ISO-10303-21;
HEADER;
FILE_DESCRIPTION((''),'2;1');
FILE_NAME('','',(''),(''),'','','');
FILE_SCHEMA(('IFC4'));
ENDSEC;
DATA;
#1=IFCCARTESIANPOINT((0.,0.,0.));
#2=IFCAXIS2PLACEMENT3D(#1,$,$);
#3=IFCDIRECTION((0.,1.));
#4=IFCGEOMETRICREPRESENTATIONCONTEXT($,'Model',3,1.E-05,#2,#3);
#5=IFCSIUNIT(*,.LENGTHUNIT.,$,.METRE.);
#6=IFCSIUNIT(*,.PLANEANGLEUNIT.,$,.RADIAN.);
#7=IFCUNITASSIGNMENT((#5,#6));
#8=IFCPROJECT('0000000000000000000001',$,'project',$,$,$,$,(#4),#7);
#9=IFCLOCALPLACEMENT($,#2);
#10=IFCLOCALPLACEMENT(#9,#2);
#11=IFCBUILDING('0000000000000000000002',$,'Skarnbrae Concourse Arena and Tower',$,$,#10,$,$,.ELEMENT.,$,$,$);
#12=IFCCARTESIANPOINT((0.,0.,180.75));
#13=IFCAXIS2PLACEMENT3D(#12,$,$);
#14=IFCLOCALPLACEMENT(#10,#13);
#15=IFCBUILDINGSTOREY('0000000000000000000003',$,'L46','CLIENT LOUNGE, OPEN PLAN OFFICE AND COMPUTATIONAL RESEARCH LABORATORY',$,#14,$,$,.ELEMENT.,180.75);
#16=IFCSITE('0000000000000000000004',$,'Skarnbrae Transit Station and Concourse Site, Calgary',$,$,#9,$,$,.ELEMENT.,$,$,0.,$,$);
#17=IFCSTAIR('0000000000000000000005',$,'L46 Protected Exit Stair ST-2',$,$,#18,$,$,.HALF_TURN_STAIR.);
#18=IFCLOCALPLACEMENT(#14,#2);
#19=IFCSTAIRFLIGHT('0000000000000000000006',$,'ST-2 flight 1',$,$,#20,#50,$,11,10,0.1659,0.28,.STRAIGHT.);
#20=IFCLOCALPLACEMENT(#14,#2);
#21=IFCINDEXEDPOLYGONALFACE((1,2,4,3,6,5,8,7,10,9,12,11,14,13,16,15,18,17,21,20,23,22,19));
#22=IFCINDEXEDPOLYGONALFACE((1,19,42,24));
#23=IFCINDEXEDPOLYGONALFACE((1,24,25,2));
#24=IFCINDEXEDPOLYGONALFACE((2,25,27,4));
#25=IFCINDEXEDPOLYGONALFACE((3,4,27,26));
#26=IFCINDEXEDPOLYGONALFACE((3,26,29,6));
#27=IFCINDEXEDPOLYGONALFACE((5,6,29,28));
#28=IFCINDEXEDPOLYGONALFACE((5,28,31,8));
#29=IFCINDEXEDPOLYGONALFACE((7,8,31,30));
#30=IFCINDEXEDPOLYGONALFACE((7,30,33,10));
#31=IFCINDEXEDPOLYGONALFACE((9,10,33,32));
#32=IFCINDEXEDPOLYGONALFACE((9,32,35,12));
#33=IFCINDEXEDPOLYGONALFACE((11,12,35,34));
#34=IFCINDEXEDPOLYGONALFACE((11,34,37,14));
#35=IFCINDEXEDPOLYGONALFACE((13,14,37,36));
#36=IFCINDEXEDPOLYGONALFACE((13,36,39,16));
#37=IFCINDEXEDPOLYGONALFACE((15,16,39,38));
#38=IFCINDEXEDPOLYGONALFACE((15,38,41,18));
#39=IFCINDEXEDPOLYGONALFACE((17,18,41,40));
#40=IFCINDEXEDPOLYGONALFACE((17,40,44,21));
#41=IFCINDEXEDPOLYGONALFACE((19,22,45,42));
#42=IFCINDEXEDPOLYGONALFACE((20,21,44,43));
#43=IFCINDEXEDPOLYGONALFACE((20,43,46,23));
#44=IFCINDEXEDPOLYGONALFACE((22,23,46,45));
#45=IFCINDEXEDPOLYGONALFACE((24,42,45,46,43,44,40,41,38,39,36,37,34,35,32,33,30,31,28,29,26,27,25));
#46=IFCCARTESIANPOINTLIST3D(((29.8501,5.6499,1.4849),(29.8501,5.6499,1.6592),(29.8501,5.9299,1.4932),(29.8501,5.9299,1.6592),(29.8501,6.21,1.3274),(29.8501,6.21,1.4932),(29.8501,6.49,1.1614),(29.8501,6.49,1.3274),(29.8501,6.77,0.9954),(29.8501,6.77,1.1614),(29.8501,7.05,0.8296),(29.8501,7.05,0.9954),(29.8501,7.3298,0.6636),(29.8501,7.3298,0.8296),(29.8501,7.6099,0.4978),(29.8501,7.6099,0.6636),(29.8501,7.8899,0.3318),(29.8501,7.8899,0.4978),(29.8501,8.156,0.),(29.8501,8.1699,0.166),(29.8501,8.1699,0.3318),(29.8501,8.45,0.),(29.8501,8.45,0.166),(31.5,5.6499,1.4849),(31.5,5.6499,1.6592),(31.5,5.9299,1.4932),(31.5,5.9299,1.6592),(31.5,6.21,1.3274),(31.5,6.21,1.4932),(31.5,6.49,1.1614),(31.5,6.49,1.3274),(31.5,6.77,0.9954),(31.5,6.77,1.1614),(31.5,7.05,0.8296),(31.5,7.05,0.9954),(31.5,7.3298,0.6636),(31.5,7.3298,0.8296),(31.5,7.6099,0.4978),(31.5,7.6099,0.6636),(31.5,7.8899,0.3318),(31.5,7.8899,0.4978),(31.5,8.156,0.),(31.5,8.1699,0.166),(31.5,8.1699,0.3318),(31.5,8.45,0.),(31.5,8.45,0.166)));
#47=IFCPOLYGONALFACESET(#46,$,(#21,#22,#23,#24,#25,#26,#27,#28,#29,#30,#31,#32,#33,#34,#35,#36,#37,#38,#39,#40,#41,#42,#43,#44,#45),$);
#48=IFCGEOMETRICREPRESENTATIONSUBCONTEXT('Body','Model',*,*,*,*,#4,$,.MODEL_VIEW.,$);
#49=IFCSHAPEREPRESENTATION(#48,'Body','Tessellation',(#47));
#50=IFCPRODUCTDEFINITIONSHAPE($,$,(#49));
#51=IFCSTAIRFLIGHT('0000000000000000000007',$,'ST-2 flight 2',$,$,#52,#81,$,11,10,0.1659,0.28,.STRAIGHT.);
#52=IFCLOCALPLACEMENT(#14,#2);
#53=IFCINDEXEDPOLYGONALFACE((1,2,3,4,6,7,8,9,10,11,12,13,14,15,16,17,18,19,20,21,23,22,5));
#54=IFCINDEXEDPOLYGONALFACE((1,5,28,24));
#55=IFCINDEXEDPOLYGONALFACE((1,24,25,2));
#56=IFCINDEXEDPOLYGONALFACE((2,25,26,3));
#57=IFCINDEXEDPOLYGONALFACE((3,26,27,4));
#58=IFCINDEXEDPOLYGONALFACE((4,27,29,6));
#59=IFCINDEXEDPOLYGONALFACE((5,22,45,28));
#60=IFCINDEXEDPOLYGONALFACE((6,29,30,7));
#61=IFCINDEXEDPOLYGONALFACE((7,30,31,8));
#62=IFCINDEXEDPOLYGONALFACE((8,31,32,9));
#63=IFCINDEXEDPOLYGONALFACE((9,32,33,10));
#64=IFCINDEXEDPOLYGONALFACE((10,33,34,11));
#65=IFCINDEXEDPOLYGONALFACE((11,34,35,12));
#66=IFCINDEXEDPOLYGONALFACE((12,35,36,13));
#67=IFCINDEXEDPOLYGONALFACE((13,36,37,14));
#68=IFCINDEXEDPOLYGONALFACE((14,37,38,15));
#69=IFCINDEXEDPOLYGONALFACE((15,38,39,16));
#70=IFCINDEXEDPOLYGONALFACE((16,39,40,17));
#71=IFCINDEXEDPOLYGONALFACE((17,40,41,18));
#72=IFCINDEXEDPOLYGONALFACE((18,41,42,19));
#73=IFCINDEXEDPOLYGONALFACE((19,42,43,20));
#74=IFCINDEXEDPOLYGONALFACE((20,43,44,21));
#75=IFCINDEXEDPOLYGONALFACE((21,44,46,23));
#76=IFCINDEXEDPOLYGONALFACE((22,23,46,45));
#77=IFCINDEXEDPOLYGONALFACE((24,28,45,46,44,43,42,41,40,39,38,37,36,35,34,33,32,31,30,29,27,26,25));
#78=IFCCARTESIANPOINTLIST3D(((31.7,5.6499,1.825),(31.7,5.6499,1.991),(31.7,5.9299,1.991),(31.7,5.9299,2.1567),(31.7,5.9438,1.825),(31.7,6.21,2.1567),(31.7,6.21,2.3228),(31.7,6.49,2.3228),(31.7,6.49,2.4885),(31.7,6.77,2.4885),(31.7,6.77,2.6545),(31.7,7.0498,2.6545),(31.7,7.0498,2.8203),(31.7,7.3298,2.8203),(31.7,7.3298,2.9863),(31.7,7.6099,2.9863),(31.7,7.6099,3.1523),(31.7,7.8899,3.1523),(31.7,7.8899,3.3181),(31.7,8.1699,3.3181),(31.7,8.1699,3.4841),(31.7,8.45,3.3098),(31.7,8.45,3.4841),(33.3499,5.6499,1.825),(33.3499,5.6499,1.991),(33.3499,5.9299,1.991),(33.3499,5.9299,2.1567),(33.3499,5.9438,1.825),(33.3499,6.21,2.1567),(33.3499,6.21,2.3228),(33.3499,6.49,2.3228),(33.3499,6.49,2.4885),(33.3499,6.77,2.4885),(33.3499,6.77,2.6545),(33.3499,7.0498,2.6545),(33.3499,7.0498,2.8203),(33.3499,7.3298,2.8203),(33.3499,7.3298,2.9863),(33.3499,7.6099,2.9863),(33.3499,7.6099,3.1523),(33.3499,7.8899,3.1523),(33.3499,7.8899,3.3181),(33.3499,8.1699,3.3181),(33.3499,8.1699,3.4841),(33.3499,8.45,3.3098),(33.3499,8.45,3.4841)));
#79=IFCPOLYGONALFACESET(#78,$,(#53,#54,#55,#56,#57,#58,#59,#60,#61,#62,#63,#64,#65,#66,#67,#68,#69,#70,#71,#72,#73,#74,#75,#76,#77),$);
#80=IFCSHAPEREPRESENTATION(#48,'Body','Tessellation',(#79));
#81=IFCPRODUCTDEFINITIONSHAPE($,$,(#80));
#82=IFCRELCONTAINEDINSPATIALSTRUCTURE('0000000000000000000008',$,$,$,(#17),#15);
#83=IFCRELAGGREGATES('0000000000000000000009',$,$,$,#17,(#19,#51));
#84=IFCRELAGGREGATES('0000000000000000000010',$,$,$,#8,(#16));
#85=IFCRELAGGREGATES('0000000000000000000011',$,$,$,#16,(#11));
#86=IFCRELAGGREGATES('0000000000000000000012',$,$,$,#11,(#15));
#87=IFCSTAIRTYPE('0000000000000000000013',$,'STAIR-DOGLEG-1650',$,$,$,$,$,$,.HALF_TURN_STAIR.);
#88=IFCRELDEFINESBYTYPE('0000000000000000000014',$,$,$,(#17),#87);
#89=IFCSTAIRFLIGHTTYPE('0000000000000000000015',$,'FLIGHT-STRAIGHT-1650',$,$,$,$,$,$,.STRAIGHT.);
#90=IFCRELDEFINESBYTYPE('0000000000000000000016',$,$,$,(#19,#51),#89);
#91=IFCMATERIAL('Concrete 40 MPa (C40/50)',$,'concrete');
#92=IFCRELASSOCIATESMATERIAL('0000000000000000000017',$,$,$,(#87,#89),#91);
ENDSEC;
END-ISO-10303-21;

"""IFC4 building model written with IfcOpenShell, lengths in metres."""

from ifc_helpers import new_model, si_unit, direction, frame, origin, place, context, subcontext, project, spatial, polyline, outline, extrude, source, transform, mapped, material, type_object, element, aggregate, save


model = new_model("IFC4")

# Units and contexts
model_context = context("Model", 3, precision=1e-05, world=origin(), true_north=direction((0.0, 1.0)))
body_context = subcontext(model_context, "Body", "Model", "MODEL_VIEW")
ifc_project = project(units=[si_unit("LENGTHUNIT", "METRE"), si_unit("PLANEANGLEUNIT", "RADIAN")], contexts=[model_context])

# Site, building, storey
site_placement = place(None, origin())
site = spatial("IfcSite", under=ifc_project, at=site_placement, Name="Skarnbrae Transit Station and Concourse Site, Calgary", CompositionType="ELEMENT", RefElevation=0.0)
building_placement = place(site_placement, origin())
building = spatial("IfcBuilding", under=site, at=building_placement, Name="Skarnbrae Concourse Arena and Tower", CompositionType="ELEMENT")
storey_placement = place(building_placement, frame((0.0, 0.0, 180.75)))
storey = spatial("IfcBuildingStorey", under=building, at=storey_placement, Name="L46", Description="CLIENT LOUNGE, OPEN PLAN OFFICE AND COMPUTATIONAL RESEARCH LABORATORY", CompositionType="ELEMENT", Elevation=180.75)

# Stair, stair flights
ifc_material_1 = material(Name="Concrete 40 MPa (C40/50)", Category="concrete")
stair_type = type_object("IfcStairType", Name="STAIR-DOGLEG-1650", PredefinedType="HALF_TURN_STAIR", material=ifc_material_1)
stair_placement = place(storey_placement, origin())
stair = element("IfcStair", 1, at=stair_placement, inside=storey, type_object=stair_type, Name="L46 Protected Exit Stair ST-2", PredefinedType="HALF_TURN_STAIR")
stair_flight_type = type_object("IfcStairFlightType", Name="FLIGHT-STRAIGHT-1650", PredefinedType="STRAIGHT", material=ifc_material_1)
shared_shape_1 = source(origin(), body_context, "Body", "SweptSolid", [
    extrude(outline(polyline([(0.0, 0.0), (0.0, 0.166), (0.28, 0.166), (0.28, 0.3318), (0.5601, 0.3318), (0.5601, 0.4978), (0.8401, 0.4978), (0.8401, 0.6636), (1.1201, 0.6636), (1.1201, 0.8296), (1.3999, 0.8296), (1.3999, 0.9954), (1.6799, 0.9954), (1.6799, 1.1614), (1.96, 1.1614), (1.96, 1.3274), (2.24, 1.3274), (2.24, 1.4932), (2.52, 1.4932), (2.52, 1.6592), (2.8, 1.6592), (2.8, 1.825), (2.8, 1.4849), (0.2939, 0.0), (0.0, 0.0)])), frame((0.0, 0.825, 0.0), z_axis=(0.0, -1.0, 0.0), x_axis=(1.0, 0.0, 0.0)), (0.0, 0.0, 1.0), 1.6499),
])
stair_flight_1_placement = place(storey_placement, frame((30.675, 8.45, 0.0), z_axis=(0.0, 0.0, 1.0), x_axis=(0.0, -1.0, 0.0)))
stair_flight_1 = element("IfcStairFlight", 2, at=stair_flight_1_placement, type_object=stair_flight_type, Name="ST-2 flight 1", NumberOfRisers=11, NumberOfTreads=10, PredefinedType="STRAIGHT", RiserHeight=0.1659, TreadLength=0.28, context=body_context, shape_type="MappedRepresentation", body=[
    mapped(shared_shape_1, transform((0.0, 0.0, 0.0))),
])
stair_flight_2_placement = place(storey_placement, frame((32.5249, 5.6499, 1.825), z_axis=(0.0, 0.0, 1.0), x_axis=(0.0, 1.0, 0.0)))
stair_flight_2 = element("IfcStairFlight", 3, at=stair_flight_2_placement, type_object=stair_flight_type, Name="ST-2 flight 2", NumberOfRisers=11, NumberOfTreads=10, PredefinedType="STRAIGHT", RiserHeight=0.1659, TreadLength=0.28, context=body_context, shape_type="MappedRepresentation", body=[
    mapped(shared_shape_1, transform((0.0, 0.0, 0.0))),
])
aggregate(stair, [stair_flight_1, stair_flight_2])

save(model, "model.ifc")
